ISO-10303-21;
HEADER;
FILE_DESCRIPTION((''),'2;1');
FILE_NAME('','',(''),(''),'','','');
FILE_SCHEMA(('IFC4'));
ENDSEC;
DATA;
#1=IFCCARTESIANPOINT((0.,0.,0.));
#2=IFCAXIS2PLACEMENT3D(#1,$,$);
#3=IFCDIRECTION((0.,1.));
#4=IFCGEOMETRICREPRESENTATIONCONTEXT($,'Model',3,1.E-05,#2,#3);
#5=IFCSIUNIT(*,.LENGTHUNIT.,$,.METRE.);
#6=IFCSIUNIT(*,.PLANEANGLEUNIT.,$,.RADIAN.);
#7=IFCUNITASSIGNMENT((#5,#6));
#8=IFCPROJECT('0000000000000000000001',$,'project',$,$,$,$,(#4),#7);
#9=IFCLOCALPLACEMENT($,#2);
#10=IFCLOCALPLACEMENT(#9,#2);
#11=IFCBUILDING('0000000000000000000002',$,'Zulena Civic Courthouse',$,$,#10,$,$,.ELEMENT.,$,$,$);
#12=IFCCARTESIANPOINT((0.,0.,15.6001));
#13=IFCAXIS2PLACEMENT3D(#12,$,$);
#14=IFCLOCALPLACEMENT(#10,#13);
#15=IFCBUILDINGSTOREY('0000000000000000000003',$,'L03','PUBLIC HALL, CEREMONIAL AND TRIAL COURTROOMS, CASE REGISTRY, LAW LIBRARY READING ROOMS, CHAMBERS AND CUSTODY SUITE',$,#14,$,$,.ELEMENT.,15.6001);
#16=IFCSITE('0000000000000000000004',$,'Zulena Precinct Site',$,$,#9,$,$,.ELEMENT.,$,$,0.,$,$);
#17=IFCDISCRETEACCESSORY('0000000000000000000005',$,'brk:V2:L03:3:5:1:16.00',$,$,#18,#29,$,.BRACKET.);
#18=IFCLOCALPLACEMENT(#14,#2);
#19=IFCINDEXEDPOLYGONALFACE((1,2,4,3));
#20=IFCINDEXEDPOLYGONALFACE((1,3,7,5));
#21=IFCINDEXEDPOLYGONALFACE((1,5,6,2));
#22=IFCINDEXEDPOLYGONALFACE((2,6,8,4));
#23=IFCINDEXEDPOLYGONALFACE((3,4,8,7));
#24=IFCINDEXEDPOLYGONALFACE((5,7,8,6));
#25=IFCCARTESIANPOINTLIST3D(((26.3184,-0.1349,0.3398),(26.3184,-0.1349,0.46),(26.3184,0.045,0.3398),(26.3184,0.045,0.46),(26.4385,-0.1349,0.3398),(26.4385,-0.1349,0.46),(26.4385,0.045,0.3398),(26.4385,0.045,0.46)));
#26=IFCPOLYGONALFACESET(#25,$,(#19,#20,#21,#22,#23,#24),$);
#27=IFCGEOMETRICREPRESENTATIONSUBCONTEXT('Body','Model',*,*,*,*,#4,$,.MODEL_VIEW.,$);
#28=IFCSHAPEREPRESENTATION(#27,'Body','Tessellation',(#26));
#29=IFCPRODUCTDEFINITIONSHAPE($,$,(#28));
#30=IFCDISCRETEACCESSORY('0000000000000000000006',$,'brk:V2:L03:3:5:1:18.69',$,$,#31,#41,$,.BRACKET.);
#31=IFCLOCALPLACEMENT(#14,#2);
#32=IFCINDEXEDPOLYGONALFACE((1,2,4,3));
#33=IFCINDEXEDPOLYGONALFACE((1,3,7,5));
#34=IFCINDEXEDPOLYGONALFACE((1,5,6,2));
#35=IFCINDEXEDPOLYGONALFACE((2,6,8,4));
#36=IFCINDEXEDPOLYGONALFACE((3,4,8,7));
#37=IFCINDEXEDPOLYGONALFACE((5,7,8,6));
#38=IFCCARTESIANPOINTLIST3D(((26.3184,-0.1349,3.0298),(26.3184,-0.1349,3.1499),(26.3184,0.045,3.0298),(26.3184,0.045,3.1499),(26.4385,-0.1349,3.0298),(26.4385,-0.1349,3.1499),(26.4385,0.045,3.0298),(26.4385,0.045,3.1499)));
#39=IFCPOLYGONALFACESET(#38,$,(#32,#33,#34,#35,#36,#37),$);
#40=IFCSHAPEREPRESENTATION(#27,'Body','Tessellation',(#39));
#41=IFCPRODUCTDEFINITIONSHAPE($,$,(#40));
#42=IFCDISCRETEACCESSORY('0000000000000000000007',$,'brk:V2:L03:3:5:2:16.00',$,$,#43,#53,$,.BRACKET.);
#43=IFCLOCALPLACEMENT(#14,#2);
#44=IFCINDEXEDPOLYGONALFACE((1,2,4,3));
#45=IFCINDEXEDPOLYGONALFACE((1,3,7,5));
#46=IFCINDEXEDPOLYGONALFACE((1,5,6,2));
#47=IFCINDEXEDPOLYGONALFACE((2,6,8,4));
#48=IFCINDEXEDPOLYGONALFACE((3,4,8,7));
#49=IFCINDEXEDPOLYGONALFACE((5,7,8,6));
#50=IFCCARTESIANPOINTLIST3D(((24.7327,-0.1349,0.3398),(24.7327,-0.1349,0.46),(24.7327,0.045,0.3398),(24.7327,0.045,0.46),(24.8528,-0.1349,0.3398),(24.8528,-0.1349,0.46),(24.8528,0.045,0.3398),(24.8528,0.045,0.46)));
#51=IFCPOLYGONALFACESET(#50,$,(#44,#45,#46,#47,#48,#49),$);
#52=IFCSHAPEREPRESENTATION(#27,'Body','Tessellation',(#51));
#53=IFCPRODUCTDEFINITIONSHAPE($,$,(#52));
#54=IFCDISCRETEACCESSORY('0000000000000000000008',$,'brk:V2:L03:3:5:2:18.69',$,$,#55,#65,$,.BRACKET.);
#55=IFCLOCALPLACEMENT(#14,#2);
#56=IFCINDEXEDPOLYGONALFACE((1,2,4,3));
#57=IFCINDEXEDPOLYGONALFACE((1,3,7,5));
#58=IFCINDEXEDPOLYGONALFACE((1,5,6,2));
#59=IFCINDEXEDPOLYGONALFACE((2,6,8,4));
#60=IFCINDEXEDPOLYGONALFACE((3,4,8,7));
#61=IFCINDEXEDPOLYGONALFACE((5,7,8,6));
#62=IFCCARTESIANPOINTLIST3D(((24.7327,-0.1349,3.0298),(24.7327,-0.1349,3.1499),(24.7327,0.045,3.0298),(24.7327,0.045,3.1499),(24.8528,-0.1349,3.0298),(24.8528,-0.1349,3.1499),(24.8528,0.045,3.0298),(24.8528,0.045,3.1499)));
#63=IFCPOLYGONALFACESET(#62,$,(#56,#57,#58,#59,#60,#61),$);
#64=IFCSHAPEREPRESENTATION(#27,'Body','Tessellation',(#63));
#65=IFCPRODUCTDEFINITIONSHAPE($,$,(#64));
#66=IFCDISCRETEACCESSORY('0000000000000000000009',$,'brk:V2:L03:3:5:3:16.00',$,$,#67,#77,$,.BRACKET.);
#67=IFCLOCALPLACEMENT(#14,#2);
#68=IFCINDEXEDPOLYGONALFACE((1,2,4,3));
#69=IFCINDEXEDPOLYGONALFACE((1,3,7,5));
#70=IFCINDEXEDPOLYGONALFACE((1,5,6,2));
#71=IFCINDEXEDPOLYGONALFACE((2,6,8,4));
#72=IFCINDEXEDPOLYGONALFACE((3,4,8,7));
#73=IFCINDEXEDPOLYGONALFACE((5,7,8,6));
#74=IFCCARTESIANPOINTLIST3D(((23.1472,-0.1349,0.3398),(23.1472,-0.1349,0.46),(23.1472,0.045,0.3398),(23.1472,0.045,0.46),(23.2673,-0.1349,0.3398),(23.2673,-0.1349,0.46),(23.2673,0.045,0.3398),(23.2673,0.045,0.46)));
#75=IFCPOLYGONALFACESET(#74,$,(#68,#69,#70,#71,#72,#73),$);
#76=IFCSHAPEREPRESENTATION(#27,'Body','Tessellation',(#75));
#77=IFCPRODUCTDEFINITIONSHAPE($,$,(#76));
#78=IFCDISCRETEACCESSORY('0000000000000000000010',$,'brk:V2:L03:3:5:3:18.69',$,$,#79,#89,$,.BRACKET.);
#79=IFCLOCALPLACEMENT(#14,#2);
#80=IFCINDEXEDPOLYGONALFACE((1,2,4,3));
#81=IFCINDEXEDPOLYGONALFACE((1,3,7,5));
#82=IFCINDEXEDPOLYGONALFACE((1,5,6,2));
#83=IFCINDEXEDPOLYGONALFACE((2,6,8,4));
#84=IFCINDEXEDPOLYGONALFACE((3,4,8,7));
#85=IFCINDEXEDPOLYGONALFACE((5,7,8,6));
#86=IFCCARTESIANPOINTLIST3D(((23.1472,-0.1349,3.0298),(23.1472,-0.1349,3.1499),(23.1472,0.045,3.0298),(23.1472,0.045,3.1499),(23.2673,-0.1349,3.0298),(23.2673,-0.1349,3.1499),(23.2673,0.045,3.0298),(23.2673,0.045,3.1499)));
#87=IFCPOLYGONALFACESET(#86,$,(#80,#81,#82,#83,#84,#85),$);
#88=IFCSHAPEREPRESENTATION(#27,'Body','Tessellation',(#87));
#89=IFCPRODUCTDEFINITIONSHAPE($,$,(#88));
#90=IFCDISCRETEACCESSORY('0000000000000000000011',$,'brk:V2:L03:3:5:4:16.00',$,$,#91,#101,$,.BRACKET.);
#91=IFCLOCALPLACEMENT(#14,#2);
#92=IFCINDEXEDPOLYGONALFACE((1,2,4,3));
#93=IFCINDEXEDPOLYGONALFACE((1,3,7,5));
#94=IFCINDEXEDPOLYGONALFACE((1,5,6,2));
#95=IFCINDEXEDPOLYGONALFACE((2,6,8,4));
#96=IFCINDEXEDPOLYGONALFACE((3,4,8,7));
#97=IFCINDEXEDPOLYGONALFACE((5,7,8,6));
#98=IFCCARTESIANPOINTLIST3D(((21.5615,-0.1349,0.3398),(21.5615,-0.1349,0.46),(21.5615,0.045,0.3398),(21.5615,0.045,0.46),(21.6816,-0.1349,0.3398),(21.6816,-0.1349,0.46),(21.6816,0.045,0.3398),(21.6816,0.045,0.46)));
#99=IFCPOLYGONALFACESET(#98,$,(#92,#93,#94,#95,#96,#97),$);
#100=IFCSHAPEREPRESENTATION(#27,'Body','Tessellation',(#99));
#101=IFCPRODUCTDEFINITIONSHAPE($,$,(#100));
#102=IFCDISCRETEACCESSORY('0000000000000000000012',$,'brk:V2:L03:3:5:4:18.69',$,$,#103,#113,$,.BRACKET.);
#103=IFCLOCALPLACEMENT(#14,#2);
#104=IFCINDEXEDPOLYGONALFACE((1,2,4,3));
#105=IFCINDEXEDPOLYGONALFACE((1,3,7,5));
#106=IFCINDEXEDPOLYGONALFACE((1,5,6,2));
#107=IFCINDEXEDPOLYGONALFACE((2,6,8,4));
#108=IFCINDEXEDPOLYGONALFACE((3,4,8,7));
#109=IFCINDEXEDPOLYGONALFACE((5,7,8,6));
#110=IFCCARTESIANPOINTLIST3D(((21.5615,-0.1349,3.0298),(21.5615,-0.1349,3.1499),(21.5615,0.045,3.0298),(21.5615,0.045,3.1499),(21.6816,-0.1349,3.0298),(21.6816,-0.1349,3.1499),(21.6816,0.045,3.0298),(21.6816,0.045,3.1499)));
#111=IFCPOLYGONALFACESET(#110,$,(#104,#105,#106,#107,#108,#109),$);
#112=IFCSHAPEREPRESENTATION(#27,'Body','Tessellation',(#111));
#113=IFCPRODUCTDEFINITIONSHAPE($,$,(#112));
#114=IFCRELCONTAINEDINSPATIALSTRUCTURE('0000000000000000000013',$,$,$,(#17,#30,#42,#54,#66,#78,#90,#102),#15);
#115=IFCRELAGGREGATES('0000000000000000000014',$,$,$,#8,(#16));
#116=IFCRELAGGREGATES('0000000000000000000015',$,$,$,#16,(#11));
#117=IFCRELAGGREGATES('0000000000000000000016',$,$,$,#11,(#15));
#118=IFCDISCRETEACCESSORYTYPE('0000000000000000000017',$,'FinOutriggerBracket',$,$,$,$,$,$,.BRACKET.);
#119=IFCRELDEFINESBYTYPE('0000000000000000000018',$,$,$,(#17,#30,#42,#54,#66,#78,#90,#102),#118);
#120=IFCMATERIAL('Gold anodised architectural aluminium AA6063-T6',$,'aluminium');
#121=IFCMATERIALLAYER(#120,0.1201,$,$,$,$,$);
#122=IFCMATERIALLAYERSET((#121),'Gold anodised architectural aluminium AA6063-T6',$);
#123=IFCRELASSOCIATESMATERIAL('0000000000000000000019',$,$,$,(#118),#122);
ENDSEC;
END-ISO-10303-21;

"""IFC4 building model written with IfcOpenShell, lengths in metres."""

from ifc_helpers import new_model, si_unit, direction, frame, origin, origin_2d, place, context, subcontext, project, spatial, rectangle, extrude, material, layer, layer_set, type_object, element, save


model = new_model("IFC4")

# Units and contexts
model_context = context("Model", 3, precision=1e-05, world=origin(), true_north=direction((0.0, 1.0)))
body_context = subcontext(model_context, "Body", "Model", "MODEL_VIEW")
ifc_project = project(units=[si_unit("LENGTHUNIT", "METRE"), si_unit("PLANEANGLEUNIT", "RADIAN")], contexts=[model_context])

# Site, building, storey
site_placement = place(None, origin())
site = spatial("IfcSite", under=ifc_project, at=site_placement, Name="Zulena Precinct Site", CompositionType="ELEMENT", RefElevation=0.0)
building_placement = place(site_placement, origin())
building = spatial("IfcBuilding", under=site, at=building_placement, Name="Zulena Civic Courthouse", CompositionType="ELEMENT")
storey_placement = place(building_placement, frame((0.0, 0.0, 15.6001)))
storey = spatial("IfcBuildingStorey", under=building, at=storey_placement, Name="L03", Description="PUBLIC HALL, CEREMONIAL AND TRIAL COURTROOMS, CASE REGISTRY, LAW LIBRARY READING ROOMS, CHAMBERS AND CUSTODY SUITE", CompositionType="ELEMENT", Elevation=15.6001)

# Shared definitions
ifc_material_1 = material(Name="Gold anodised architectural aluminium AA6063-T6", Category="aluminium")

# Discrete accessories
ifc_layer_1 = layer(ifc_material_1, 0.1201)
ifc_layer_set_1 = layer_set([ifc_layer_1], Name="Gold anodised architectural aluminium AA6063-T6")
discrete_accessory_type = type_object("IfcDiscreteAccessoryType", Name="FinOutriggerBracket", PredefinedType="BRACKET", material=ifc_layer_set_1)
for number, where, z_axis, x_axis, name in (
    (1, (26.3784, -0.0449, 0.3398), (0.0, 0.0, 1.0), (0.0, -1.0, 0.0), "brk:V2:L03:3:5:1:16.00"),
    (2, (26.3784, -0.0449, 3.0298), (0.0, 0.0, 1.0), (0.0, -1.0, 0.0), "brk:V2:L03:3:5:1:18.69"),
    (3, (24.7927, -0.0449, 0.3398), (0.0, 0.0, 1.0), (0.0, -1.0, 0.0), "brk:V2:L03:3:5:2:16.00"),
    (4, (24.7927, -0.0449, 3.0298), (0.0, 0.0, 1.0), (0.0, -1.0, 0.0), "brk:V2:L03:3:5:2:18.69"),
    (5, (23.2073, -0.0449, 0.3398), (0.0, 0.0, 1.0), (0.0, -1.0, 0.0), "brk:V2:L03:3:5:3:16.00"),
    (6, (23.2073, -0.0449, 3.0298), (0.0, 0.0, 1.0), (0.0, -1.0, 0.0), "brk:V2:L03:3:5:3:18.69"),
    (7, (21.6216, -0.0449, 0.3398), (0.0, 0.0, 1.0), (0.0, -1.0, 0.0), "brk:V2:L03:3:5:4:16.00"),
    (8, (21.6216, -0.0449, 3.0298), (0.0, 0.0, 1.0), (0.0, -1.0, 0.0), "brk:V2:L03:3:5:4:18.69"),
):
    element("IfcDiscreteAccessory", number, at=place(storey_placement, frame(where, z_axis=z_axis, x_axis=x_axis)), inside=storey, type_object=discrete_accessory_type, Name=name, PredefinedType="BRACKET", context=body_context, shape_type="SweptSolid", body=[
        extrude(rectangle(XDim=0.1799, YDim=0.1201, at=origin_2d()), origin(), (0.0, 0.0, 1.0), 0.1201),
    ])

save(model, "model.ifc")
